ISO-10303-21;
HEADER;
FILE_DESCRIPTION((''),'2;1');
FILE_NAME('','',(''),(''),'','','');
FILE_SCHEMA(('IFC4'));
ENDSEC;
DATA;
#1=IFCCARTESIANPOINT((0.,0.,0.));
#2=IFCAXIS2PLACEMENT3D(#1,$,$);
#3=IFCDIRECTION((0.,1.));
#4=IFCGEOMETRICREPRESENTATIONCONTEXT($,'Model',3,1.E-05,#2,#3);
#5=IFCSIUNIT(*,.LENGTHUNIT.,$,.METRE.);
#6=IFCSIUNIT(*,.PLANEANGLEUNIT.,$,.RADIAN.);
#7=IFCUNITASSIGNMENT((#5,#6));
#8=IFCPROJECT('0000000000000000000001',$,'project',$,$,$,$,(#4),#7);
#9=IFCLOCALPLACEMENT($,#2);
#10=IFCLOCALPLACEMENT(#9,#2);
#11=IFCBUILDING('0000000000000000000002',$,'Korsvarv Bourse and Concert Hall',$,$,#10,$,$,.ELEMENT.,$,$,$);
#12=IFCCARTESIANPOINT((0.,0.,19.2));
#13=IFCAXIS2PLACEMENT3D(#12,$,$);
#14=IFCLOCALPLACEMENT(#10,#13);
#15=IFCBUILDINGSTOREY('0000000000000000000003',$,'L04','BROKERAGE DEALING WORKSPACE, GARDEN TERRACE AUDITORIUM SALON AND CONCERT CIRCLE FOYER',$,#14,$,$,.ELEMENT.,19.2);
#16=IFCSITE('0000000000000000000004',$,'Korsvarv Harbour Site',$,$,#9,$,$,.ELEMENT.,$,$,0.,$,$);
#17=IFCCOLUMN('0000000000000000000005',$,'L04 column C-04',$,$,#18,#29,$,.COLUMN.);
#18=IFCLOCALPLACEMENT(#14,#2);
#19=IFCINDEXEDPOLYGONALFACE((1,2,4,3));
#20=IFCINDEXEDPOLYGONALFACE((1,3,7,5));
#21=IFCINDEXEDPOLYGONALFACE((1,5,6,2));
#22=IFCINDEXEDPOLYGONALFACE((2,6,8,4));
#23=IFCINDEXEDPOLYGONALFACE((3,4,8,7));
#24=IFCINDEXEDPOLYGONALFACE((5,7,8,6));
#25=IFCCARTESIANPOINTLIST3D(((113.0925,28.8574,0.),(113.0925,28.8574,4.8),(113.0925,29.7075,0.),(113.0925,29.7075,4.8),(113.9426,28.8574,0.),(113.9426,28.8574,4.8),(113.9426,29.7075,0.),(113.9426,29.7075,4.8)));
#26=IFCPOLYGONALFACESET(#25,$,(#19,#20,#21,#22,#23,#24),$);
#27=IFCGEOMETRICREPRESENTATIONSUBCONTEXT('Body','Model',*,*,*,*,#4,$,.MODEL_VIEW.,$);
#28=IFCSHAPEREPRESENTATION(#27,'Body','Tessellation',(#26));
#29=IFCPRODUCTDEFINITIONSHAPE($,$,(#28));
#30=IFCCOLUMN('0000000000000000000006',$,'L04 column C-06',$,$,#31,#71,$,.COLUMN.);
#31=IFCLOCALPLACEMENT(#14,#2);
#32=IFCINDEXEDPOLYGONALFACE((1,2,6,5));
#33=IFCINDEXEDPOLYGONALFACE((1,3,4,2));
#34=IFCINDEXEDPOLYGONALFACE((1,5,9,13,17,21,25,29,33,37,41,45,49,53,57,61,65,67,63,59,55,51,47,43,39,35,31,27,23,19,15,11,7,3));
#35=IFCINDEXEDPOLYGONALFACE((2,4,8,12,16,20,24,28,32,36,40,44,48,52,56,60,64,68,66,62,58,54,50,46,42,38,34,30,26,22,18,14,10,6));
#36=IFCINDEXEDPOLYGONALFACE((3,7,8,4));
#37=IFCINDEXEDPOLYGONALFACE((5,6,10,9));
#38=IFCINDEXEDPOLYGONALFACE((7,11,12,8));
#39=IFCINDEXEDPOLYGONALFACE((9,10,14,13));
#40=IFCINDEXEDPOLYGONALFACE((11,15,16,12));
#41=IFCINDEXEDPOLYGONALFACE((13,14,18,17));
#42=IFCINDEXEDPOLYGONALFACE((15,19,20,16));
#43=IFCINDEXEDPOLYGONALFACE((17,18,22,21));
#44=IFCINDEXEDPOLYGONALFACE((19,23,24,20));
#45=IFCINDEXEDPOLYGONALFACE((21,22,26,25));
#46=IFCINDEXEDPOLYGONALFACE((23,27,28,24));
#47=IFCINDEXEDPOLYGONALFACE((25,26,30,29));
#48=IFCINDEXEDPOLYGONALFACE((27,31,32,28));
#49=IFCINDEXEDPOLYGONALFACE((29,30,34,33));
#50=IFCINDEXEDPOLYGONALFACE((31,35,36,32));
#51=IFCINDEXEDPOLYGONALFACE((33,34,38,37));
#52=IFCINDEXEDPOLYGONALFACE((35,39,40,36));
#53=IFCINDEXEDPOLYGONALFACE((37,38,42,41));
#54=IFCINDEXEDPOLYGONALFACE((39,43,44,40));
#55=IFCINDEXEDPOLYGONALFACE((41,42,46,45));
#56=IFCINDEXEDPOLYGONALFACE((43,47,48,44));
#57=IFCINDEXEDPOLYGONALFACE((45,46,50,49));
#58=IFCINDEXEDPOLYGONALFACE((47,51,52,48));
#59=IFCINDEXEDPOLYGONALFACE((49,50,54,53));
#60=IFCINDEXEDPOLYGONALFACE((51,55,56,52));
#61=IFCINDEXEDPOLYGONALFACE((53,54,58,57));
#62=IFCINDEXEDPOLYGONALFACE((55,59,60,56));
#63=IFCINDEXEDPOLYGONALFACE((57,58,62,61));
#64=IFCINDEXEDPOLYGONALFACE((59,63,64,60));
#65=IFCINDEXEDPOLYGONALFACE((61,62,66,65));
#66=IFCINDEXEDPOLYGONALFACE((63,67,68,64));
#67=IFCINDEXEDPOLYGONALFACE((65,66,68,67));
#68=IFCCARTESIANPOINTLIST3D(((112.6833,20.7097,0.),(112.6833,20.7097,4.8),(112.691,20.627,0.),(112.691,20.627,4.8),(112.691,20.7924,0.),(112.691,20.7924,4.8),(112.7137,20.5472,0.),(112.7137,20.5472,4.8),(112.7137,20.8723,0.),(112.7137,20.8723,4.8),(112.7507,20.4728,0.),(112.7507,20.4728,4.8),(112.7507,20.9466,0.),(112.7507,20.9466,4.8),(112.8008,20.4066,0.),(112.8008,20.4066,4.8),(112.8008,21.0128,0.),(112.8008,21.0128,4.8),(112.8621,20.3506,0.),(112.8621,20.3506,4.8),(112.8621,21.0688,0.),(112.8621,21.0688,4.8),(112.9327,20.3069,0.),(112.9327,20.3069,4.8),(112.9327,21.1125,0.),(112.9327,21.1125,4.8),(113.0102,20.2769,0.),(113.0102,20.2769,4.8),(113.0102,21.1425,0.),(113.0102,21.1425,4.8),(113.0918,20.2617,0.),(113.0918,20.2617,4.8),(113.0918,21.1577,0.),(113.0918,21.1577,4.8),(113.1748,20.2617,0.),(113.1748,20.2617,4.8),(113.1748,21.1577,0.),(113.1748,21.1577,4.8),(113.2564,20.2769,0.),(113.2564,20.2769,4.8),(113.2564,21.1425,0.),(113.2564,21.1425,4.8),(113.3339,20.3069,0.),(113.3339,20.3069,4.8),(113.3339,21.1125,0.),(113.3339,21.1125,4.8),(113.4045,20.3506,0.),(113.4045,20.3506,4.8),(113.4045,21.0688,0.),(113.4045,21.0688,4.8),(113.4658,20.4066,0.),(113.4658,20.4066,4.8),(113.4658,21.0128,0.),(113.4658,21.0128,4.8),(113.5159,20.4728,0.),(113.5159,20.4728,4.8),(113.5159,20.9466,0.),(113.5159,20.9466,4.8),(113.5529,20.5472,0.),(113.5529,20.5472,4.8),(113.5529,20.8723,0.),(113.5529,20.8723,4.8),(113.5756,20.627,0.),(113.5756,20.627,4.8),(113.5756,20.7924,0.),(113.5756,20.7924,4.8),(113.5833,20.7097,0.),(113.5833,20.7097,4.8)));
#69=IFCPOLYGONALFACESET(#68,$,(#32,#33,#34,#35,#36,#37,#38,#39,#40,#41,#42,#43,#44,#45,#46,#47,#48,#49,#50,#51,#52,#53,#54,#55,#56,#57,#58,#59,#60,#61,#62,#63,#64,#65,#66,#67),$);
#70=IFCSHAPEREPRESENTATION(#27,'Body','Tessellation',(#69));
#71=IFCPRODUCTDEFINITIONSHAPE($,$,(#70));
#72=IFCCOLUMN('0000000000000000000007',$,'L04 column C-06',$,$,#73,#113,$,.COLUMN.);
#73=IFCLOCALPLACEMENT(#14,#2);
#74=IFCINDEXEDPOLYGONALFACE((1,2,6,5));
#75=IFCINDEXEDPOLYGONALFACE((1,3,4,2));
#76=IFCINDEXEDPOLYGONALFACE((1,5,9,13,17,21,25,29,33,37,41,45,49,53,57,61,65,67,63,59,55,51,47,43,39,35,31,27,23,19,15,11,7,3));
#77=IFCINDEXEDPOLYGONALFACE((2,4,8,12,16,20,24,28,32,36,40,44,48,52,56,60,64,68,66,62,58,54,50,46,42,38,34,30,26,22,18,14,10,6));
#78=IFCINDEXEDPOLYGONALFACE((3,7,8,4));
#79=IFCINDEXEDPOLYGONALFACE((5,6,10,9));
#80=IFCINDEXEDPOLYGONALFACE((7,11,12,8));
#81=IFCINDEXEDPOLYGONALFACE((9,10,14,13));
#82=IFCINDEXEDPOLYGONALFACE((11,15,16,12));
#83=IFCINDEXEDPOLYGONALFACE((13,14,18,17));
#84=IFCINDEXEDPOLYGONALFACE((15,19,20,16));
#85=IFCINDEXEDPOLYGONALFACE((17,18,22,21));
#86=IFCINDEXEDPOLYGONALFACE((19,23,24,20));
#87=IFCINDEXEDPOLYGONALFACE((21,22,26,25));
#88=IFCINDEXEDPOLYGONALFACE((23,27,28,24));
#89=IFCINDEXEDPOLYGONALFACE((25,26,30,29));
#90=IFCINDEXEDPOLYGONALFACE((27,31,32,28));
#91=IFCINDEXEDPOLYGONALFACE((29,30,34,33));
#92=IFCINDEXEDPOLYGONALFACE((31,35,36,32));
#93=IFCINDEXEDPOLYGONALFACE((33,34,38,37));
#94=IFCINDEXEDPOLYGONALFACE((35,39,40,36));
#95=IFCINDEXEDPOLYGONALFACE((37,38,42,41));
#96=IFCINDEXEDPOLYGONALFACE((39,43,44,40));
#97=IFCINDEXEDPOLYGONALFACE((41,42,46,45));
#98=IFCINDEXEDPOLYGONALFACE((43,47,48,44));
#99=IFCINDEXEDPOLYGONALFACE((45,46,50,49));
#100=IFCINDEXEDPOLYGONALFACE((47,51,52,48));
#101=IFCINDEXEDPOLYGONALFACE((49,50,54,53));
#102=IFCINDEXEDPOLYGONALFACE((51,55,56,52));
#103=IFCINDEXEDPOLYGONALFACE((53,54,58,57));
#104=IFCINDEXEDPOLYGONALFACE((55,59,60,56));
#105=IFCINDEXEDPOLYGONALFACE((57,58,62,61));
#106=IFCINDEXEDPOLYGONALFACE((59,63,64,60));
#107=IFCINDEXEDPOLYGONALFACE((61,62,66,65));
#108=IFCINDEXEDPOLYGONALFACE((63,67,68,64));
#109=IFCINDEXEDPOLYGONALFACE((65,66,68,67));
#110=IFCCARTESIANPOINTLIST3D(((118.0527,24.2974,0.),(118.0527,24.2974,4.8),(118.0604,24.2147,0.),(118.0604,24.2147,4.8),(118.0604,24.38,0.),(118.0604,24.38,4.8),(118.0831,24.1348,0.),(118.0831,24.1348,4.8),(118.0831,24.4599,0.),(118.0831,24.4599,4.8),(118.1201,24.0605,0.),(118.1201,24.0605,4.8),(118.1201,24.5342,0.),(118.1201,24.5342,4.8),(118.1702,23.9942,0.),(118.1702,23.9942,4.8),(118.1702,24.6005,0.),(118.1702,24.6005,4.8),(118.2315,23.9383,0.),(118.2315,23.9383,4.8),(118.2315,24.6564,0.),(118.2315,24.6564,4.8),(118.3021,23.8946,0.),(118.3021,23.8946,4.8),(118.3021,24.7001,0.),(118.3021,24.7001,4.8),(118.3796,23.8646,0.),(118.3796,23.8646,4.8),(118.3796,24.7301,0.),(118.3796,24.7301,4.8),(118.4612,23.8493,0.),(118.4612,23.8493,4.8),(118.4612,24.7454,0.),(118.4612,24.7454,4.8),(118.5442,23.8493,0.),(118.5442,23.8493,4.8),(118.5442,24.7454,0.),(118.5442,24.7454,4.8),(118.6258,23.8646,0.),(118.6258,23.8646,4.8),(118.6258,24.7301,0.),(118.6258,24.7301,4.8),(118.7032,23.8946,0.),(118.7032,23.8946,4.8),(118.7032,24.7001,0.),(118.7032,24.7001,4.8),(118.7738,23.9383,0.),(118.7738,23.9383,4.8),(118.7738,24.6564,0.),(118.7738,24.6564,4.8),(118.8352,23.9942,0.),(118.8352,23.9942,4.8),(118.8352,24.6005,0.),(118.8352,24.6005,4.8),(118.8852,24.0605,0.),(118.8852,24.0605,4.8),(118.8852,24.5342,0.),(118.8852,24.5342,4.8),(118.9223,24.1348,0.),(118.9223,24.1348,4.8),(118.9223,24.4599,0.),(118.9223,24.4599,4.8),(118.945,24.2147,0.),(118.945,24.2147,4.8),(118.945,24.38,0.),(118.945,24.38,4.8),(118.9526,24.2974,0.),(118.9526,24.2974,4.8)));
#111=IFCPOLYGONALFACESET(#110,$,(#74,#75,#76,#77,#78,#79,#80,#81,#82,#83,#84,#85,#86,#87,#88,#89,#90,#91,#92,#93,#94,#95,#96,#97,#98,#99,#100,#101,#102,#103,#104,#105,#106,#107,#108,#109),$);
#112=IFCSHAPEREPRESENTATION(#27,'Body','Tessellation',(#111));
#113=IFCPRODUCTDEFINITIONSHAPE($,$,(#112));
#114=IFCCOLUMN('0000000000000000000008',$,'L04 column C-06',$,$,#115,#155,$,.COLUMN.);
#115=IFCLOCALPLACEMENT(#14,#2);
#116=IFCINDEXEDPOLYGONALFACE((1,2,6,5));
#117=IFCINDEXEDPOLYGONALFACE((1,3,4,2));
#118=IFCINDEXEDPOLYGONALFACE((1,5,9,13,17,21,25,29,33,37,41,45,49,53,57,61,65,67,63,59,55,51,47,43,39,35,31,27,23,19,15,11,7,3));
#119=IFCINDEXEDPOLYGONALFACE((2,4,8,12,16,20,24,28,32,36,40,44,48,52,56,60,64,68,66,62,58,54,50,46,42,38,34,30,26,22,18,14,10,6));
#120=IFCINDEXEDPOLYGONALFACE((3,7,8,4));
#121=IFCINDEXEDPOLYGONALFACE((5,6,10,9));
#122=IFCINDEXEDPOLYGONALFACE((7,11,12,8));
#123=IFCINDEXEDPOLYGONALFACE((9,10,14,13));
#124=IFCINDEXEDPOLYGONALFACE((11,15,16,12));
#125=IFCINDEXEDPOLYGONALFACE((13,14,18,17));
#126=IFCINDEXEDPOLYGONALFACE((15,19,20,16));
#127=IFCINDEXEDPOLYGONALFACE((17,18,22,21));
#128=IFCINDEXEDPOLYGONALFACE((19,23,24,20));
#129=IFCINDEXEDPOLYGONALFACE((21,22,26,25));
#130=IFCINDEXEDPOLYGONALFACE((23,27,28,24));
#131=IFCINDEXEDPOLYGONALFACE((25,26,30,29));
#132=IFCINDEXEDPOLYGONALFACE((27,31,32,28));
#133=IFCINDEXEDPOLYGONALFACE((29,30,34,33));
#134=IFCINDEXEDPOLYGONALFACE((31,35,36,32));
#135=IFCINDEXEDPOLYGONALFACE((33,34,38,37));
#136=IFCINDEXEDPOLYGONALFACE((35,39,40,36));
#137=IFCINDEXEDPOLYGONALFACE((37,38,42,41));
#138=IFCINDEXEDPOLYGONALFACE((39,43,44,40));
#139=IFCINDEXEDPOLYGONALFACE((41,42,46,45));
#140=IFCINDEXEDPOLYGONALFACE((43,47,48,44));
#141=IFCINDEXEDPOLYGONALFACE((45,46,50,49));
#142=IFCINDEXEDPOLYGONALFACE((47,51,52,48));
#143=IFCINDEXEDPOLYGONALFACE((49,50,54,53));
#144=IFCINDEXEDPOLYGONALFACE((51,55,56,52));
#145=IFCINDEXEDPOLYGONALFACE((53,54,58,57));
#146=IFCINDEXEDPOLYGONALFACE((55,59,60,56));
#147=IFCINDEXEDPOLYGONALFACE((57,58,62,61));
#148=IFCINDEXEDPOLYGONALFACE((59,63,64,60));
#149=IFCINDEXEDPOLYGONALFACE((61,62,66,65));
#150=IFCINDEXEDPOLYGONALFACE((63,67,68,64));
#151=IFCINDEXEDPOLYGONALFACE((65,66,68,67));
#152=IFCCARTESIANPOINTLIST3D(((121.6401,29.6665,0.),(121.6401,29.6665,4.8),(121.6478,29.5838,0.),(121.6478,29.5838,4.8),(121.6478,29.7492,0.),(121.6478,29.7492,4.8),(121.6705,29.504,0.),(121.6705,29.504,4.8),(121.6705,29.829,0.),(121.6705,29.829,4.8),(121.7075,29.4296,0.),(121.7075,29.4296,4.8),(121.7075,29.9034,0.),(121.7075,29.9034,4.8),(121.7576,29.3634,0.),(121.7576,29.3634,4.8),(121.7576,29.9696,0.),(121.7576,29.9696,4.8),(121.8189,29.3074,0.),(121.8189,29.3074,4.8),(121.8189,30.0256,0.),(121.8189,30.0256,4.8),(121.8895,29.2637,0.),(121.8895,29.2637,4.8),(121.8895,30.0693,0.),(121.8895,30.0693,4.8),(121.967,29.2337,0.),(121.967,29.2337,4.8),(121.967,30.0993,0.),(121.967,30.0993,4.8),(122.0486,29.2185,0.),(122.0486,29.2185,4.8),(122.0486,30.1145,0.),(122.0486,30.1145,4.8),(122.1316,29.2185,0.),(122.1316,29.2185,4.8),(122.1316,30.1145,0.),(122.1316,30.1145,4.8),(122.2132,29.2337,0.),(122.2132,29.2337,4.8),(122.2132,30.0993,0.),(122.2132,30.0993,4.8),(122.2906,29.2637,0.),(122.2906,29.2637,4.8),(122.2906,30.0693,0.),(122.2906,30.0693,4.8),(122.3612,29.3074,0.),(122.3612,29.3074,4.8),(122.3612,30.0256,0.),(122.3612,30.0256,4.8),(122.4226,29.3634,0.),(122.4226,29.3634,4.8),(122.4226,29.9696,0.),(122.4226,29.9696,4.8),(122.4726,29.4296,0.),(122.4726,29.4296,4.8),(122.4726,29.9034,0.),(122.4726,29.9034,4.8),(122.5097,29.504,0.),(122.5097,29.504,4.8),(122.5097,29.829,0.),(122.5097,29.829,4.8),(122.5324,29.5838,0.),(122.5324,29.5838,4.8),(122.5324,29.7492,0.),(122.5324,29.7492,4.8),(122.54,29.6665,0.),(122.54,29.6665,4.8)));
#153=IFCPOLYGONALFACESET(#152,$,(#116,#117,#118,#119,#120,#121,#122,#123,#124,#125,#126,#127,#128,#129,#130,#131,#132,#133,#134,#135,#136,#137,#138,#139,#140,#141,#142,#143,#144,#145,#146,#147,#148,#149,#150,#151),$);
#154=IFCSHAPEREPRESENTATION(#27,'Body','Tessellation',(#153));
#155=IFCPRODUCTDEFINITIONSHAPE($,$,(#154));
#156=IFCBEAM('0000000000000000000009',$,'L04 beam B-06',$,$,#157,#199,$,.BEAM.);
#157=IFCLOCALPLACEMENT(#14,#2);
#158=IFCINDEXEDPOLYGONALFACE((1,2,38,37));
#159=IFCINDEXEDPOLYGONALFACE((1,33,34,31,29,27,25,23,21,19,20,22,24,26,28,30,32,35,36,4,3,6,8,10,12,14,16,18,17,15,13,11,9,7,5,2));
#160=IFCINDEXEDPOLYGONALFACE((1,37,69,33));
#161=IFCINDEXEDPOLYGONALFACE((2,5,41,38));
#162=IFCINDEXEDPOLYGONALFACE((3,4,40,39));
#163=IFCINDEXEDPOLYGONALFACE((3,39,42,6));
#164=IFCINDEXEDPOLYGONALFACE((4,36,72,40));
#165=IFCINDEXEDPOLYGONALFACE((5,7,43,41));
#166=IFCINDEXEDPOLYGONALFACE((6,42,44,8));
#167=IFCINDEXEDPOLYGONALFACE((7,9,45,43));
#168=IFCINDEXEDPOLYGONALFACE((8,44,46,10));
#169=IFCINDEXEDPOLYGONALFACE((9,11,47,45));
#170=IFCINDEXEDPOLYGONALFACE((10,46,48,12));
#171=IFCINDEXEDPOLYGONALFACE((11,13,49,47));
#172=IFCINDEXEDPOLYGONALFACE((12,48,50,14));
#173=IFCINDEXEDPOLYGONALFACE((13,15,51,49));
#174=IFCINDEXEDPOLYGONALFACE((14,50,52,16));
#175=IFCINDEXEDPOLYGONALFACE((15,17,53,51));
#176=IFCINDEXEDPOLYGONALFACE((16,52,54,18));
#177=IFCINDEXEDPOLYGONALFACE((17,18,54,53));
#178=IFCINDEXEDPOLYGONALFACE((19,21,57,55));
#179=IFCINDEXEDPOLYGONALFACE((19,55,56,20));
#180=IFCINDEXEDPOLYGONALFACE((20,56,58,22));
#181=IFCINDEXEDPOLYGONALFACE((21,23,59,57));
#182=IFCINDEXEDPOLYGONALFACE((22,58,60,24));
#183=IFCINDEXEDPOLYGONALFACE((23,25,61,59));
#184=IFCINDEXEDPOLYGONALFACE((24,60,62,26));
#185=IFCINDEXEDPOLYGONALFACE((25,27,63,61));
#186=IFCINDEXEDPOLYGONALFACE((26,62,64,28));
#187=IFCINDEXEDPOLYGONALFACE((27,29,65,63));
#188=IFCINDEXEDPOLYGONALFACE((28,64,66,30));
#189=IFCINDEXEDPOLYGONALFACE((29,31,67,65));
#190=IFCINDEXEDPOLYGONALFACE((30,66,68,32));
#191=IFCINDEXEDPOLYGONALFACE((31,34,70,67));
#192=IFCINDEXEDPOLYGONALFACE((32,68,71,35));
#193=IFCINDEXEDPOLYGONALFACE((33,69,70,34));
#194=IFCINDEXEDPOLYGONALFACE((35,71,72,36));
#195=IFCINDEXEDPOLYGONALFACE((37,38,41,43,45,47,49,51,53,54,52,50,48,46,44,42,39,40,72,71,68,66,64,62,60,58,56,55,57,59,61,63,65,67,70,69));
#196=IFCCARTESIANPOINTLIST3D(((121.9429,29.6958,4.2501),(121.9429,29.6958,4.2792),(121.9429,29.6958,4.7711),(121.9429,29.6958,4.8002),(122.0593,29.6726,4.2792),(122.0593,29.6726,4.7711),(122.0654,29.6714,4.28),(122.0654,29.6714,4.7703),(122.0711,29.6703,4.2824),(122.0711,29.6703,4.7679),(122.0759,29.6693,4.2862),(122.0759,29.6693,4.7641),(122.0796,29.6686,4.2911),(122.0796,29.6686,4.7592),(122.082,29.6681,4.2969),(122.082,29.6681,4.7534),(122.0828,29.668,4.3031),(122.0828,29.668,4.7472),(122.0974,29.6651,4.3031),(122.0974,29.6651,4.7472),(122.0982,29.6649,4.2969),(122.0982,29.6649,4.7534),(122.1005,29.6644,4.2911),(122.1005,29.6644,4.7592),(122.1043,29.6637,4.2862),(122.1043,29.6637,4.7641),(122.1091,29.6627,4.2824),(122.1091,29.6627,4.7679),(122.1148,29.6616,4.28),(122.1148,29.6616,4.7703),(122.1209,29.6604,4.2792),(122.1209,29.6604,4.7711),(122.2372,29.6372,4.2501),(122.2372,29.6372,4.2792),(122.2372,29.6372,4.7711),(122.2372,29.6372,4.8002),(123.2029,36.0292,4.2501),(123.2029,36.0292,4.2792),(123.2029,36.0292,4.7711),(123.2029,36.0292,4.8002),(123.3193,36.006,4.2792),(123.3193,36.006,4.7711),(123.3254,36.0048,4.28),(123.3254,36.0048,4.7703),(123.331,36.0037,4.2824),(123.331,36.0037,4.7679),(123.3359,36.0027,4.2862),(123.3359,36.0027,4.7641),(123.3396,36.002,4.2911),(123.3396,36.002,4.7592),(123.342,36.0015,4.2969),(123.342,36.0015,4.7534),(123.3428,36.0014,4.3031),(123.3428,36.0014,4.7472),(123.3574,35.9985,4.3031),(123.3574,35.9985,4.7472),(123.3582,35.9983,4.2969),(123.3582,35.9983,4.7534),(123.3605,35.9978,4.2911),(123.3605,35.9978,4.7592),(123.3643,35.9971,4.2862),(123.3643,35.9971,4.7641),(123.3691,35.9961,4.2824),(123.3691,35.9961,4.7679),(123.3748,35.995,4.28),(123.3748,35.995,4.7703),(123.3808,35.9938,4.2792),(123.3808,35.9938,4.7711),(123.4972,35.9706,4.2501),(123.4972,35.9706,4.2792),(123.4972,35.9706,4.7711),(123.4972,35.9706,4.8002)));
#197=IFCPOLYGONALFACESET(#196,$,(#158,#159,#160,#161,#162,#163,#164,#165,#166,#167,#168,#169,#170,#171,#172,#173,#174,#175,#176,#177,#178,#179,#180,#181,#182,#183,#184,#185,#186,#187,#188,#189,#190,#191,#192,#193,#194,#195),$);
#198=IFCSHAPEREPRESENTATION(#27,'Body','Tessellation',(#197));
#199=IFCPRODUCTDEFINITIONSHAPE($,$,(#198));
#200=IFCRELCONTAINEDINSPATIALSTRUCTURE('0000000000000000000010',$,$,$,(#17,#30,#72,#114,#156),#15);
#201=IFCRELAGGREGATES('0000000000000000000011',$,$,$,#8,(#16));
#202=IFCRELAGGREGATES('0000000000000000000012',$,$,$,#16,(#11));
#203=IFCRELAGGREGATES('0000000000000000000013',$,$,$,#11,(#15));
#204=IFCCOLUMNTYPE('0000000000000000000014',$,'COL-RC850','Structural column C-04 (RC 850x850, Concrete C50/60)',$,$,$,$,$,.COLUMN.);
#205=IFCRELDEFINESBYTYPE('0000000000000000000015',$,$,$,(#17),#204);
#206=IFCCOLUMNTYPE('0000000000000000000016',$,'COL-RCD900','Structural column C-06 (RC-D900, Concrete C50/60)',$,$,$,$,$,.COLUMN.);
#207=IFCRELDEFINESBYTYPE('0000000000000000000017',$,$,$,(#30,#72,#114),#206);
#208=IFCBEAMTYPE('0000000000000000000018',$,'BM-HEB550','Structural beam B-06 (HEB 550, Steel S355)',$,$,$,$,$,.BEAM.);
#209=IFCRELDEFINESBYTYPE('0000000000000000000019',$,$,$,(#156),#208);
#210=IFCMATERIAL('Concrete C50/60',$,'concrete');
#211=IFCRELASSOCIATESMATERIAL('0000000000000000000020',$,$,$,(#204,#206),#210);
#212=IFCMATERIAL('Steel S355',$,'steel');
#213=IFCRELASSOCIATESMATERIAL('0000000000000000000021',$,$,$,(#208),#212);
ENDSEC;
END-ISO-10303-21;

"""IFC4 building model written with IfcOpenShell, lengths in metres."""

from ifc_helpers import new_model, si_unit, direction, frame, origin, origin_2d, place, context, subcontext, project, spatial, rectangle, circle, i_section, extrude, source, transform, mapped, material, material_profile, profile_set, type_object, element, save


model = new_model("IFC4")

# Units and contexts
model_context = context("Model", 3, precision=1e-05, world=origin(), true_north=direction((0.0, 1.0)))
body_context = subcontext(model_context, "Body", "Model", "MODEL_VIEW")
ifc_project = project(units=[si_unit("LENGTHUNIT", "METRE"), si_unit("PLANEANGLEUNIT", "RADIAN")], contexts=[model_context])

# Site, building, storey
site_placement = place(None, origin())
site = spatial("IfcSite", under=ifc_project, at=site_placement, Name="Korsvarv Harbour Site", CompositionType="ELEMENT", RefElevation=0.0)
building_placement = place(site_placement, origin())
building = spatial("IfcBuilding", under=site, at=building_placement, Name="Korsvarv Bourse and Concert Hall", CompositionType="ELEMENT")
storey_placement = place(building_placement, frame((0.0, 0.0, 19.2)))
storey = spatial("IfcBuildingStorey", under=building, at=storey_placement, Name="L04", Description="BROKERAGE DEALING WORKSPACE, GARDEN TERRACE AUDITORIUM SALON AND CONCERT CIRCLE FOYER", CompositionType="ELEMENT", Elevation=19.2)

# Columns
ifc_material_1 = material(Name="Concrete C50/60", Category="concrete")
ifc_material_profile_1 = material_profile(ifc_material_1, rectangle(XDim=0.8501, YDim=0.8501, at=origin_2d()), Name="RC 850x850")
ifc_profile_set_1 = profile_set([ifc_material_profile_1], Name="Concrete C50/60")
column_type_1 = type_object("IfcColumnType", Name="COL-RC850", Description="Structural column C-04 (RC 850x850, Concrete C50/60)", PredefinedType="COLUMN", material=ifc_profile_set_1)
shared_shape_1 = source(origin(), body_context, "Body", "SweptSolid", [
    extrude(rectangle(XDim=0.8501, YDim=0.8501, at=origin_2d()), origin(), (0.0, 0.0, 1.0), 4.8),
])
column_placement = place(storey_placement, frame((113.5176, 29.2825, 0.0), z_axis=(0.0, 0.0, 1.0), x_axis=(1.0, 0.0, 0.0)))
element("IfcColumn", 1, at=column_placement, inside=storey, type_object=column_type_1, Name="L04 column C-04", PredefinedType="COLUMN", context=body_context, shape_type="MappedRepresentation", body=[
    mapped(shared_shape_1, transform((0.0, 0.0, 0.0), scale=1.0)),
])
ifc_material_profile_2 = material_profile(ifc_material_1, circle(Radius=0.45, at=origin_2d()), Name="RC-D900")
ifc_profile_set_2 = profile_set([ifc_material_profile_2], Name="Concrete C50/60")
column_type_2 = type_object("IfcColumnType", Name="COL-RCD900", Description="Structural column C-06 (RC-D900, Concrete C50/60)", PredefinedType="COLUMN", material=ifc_profile_set_2)
shared_shape_2 = source(origin(), body_context, "Body", "SweptSolid", [
    extrude(circle(Radius=0.45, at=origin_2d()), origin(), (0.0, 0.0, 1.0), 4.8),
])
for number, where, z_axis, x_axis, name in (
    (2, (113.1333, 20.7097, 0.0), (0.0, 0.0, 1.0), (1.0, 0.0, 0.0), "L04 column C-06"),
    (3, (118.5027, 24.2974, 0.0), (0.0, 0.0, 1.0), (1.0, 0.0, 0.0), "L04 column C-06"),
    (4, (122.0901, 29.6665, 0.0), (0.0, 0.0, 1.0), (1.0, 0.0, 0.0), "L04 column C-06"),
):
    element("IfcColumn", number, at=place(storey_placement, frame(where, z_axis=z_axis, x_axis=x_axis)), inside=storey, type_object=column_type_2, Name=name, PredefinedType="COLUMN", context=body_context, shape_type="MappedRepresentation", body=[
        mapped(shared_shape_2, transform((0.0, 0.0, 0.0), scale=1.0)),
    ])

# Beam
ifc_material_2 = material(Name="Steel S355", Category="steel")
ifc_material_profile_3 = material_profile(ifc_material_2, i_section(OverallWidth=0.3, OverallDepth=0.55, WebThickness=0.0149, FlangeThickness=0.0291, FilletRadius=0.0239, at=origin_2d()), Name="HEB 550")
ifc_profile_set_3 = profile_set([ifc_material_profile_3], Name="Steel S355")
beam_type_1 = type_object("IfcBeamType", Name="BM-HEB550", Description="Structural beam B-06 (HEB 550, Steel S355)", PredefinedType="BEAM", material=ifc_profile_set_3)
shared_shape_3 = source(origin(), body_context, "Body", "SweptSolid", [
    extrude(i_section(OverallWidth=0.3, OverallDepth=0.55, WebThickness=0.0149, FlangeThickness=0.0291, FilletRadius=0.0239, at=origin_2d()), origin(), (0.0, 0.0, 1.0), 6.4575),
])
beam_1_placement = place(storey_placement, frame((122.0901, 29.6665, 4.5251), z_axis=(0.19512, 0.980779, 0.0), x_axis=(-0.980779, 0.19512, 0.0)))
element("IfcBeam", 5, at=beam_1_placement, inside=storey, type_object=beam_type_1, Name="L04 beam B-06", PredefinedType="BEAM", context=body_context, shape_type="MappedRepresentation", body=[
    mapped(shared_shape_3, transform((0.0, 0.0, 0.0), scale=1.0)),
])

save(model, "model.ifc")
